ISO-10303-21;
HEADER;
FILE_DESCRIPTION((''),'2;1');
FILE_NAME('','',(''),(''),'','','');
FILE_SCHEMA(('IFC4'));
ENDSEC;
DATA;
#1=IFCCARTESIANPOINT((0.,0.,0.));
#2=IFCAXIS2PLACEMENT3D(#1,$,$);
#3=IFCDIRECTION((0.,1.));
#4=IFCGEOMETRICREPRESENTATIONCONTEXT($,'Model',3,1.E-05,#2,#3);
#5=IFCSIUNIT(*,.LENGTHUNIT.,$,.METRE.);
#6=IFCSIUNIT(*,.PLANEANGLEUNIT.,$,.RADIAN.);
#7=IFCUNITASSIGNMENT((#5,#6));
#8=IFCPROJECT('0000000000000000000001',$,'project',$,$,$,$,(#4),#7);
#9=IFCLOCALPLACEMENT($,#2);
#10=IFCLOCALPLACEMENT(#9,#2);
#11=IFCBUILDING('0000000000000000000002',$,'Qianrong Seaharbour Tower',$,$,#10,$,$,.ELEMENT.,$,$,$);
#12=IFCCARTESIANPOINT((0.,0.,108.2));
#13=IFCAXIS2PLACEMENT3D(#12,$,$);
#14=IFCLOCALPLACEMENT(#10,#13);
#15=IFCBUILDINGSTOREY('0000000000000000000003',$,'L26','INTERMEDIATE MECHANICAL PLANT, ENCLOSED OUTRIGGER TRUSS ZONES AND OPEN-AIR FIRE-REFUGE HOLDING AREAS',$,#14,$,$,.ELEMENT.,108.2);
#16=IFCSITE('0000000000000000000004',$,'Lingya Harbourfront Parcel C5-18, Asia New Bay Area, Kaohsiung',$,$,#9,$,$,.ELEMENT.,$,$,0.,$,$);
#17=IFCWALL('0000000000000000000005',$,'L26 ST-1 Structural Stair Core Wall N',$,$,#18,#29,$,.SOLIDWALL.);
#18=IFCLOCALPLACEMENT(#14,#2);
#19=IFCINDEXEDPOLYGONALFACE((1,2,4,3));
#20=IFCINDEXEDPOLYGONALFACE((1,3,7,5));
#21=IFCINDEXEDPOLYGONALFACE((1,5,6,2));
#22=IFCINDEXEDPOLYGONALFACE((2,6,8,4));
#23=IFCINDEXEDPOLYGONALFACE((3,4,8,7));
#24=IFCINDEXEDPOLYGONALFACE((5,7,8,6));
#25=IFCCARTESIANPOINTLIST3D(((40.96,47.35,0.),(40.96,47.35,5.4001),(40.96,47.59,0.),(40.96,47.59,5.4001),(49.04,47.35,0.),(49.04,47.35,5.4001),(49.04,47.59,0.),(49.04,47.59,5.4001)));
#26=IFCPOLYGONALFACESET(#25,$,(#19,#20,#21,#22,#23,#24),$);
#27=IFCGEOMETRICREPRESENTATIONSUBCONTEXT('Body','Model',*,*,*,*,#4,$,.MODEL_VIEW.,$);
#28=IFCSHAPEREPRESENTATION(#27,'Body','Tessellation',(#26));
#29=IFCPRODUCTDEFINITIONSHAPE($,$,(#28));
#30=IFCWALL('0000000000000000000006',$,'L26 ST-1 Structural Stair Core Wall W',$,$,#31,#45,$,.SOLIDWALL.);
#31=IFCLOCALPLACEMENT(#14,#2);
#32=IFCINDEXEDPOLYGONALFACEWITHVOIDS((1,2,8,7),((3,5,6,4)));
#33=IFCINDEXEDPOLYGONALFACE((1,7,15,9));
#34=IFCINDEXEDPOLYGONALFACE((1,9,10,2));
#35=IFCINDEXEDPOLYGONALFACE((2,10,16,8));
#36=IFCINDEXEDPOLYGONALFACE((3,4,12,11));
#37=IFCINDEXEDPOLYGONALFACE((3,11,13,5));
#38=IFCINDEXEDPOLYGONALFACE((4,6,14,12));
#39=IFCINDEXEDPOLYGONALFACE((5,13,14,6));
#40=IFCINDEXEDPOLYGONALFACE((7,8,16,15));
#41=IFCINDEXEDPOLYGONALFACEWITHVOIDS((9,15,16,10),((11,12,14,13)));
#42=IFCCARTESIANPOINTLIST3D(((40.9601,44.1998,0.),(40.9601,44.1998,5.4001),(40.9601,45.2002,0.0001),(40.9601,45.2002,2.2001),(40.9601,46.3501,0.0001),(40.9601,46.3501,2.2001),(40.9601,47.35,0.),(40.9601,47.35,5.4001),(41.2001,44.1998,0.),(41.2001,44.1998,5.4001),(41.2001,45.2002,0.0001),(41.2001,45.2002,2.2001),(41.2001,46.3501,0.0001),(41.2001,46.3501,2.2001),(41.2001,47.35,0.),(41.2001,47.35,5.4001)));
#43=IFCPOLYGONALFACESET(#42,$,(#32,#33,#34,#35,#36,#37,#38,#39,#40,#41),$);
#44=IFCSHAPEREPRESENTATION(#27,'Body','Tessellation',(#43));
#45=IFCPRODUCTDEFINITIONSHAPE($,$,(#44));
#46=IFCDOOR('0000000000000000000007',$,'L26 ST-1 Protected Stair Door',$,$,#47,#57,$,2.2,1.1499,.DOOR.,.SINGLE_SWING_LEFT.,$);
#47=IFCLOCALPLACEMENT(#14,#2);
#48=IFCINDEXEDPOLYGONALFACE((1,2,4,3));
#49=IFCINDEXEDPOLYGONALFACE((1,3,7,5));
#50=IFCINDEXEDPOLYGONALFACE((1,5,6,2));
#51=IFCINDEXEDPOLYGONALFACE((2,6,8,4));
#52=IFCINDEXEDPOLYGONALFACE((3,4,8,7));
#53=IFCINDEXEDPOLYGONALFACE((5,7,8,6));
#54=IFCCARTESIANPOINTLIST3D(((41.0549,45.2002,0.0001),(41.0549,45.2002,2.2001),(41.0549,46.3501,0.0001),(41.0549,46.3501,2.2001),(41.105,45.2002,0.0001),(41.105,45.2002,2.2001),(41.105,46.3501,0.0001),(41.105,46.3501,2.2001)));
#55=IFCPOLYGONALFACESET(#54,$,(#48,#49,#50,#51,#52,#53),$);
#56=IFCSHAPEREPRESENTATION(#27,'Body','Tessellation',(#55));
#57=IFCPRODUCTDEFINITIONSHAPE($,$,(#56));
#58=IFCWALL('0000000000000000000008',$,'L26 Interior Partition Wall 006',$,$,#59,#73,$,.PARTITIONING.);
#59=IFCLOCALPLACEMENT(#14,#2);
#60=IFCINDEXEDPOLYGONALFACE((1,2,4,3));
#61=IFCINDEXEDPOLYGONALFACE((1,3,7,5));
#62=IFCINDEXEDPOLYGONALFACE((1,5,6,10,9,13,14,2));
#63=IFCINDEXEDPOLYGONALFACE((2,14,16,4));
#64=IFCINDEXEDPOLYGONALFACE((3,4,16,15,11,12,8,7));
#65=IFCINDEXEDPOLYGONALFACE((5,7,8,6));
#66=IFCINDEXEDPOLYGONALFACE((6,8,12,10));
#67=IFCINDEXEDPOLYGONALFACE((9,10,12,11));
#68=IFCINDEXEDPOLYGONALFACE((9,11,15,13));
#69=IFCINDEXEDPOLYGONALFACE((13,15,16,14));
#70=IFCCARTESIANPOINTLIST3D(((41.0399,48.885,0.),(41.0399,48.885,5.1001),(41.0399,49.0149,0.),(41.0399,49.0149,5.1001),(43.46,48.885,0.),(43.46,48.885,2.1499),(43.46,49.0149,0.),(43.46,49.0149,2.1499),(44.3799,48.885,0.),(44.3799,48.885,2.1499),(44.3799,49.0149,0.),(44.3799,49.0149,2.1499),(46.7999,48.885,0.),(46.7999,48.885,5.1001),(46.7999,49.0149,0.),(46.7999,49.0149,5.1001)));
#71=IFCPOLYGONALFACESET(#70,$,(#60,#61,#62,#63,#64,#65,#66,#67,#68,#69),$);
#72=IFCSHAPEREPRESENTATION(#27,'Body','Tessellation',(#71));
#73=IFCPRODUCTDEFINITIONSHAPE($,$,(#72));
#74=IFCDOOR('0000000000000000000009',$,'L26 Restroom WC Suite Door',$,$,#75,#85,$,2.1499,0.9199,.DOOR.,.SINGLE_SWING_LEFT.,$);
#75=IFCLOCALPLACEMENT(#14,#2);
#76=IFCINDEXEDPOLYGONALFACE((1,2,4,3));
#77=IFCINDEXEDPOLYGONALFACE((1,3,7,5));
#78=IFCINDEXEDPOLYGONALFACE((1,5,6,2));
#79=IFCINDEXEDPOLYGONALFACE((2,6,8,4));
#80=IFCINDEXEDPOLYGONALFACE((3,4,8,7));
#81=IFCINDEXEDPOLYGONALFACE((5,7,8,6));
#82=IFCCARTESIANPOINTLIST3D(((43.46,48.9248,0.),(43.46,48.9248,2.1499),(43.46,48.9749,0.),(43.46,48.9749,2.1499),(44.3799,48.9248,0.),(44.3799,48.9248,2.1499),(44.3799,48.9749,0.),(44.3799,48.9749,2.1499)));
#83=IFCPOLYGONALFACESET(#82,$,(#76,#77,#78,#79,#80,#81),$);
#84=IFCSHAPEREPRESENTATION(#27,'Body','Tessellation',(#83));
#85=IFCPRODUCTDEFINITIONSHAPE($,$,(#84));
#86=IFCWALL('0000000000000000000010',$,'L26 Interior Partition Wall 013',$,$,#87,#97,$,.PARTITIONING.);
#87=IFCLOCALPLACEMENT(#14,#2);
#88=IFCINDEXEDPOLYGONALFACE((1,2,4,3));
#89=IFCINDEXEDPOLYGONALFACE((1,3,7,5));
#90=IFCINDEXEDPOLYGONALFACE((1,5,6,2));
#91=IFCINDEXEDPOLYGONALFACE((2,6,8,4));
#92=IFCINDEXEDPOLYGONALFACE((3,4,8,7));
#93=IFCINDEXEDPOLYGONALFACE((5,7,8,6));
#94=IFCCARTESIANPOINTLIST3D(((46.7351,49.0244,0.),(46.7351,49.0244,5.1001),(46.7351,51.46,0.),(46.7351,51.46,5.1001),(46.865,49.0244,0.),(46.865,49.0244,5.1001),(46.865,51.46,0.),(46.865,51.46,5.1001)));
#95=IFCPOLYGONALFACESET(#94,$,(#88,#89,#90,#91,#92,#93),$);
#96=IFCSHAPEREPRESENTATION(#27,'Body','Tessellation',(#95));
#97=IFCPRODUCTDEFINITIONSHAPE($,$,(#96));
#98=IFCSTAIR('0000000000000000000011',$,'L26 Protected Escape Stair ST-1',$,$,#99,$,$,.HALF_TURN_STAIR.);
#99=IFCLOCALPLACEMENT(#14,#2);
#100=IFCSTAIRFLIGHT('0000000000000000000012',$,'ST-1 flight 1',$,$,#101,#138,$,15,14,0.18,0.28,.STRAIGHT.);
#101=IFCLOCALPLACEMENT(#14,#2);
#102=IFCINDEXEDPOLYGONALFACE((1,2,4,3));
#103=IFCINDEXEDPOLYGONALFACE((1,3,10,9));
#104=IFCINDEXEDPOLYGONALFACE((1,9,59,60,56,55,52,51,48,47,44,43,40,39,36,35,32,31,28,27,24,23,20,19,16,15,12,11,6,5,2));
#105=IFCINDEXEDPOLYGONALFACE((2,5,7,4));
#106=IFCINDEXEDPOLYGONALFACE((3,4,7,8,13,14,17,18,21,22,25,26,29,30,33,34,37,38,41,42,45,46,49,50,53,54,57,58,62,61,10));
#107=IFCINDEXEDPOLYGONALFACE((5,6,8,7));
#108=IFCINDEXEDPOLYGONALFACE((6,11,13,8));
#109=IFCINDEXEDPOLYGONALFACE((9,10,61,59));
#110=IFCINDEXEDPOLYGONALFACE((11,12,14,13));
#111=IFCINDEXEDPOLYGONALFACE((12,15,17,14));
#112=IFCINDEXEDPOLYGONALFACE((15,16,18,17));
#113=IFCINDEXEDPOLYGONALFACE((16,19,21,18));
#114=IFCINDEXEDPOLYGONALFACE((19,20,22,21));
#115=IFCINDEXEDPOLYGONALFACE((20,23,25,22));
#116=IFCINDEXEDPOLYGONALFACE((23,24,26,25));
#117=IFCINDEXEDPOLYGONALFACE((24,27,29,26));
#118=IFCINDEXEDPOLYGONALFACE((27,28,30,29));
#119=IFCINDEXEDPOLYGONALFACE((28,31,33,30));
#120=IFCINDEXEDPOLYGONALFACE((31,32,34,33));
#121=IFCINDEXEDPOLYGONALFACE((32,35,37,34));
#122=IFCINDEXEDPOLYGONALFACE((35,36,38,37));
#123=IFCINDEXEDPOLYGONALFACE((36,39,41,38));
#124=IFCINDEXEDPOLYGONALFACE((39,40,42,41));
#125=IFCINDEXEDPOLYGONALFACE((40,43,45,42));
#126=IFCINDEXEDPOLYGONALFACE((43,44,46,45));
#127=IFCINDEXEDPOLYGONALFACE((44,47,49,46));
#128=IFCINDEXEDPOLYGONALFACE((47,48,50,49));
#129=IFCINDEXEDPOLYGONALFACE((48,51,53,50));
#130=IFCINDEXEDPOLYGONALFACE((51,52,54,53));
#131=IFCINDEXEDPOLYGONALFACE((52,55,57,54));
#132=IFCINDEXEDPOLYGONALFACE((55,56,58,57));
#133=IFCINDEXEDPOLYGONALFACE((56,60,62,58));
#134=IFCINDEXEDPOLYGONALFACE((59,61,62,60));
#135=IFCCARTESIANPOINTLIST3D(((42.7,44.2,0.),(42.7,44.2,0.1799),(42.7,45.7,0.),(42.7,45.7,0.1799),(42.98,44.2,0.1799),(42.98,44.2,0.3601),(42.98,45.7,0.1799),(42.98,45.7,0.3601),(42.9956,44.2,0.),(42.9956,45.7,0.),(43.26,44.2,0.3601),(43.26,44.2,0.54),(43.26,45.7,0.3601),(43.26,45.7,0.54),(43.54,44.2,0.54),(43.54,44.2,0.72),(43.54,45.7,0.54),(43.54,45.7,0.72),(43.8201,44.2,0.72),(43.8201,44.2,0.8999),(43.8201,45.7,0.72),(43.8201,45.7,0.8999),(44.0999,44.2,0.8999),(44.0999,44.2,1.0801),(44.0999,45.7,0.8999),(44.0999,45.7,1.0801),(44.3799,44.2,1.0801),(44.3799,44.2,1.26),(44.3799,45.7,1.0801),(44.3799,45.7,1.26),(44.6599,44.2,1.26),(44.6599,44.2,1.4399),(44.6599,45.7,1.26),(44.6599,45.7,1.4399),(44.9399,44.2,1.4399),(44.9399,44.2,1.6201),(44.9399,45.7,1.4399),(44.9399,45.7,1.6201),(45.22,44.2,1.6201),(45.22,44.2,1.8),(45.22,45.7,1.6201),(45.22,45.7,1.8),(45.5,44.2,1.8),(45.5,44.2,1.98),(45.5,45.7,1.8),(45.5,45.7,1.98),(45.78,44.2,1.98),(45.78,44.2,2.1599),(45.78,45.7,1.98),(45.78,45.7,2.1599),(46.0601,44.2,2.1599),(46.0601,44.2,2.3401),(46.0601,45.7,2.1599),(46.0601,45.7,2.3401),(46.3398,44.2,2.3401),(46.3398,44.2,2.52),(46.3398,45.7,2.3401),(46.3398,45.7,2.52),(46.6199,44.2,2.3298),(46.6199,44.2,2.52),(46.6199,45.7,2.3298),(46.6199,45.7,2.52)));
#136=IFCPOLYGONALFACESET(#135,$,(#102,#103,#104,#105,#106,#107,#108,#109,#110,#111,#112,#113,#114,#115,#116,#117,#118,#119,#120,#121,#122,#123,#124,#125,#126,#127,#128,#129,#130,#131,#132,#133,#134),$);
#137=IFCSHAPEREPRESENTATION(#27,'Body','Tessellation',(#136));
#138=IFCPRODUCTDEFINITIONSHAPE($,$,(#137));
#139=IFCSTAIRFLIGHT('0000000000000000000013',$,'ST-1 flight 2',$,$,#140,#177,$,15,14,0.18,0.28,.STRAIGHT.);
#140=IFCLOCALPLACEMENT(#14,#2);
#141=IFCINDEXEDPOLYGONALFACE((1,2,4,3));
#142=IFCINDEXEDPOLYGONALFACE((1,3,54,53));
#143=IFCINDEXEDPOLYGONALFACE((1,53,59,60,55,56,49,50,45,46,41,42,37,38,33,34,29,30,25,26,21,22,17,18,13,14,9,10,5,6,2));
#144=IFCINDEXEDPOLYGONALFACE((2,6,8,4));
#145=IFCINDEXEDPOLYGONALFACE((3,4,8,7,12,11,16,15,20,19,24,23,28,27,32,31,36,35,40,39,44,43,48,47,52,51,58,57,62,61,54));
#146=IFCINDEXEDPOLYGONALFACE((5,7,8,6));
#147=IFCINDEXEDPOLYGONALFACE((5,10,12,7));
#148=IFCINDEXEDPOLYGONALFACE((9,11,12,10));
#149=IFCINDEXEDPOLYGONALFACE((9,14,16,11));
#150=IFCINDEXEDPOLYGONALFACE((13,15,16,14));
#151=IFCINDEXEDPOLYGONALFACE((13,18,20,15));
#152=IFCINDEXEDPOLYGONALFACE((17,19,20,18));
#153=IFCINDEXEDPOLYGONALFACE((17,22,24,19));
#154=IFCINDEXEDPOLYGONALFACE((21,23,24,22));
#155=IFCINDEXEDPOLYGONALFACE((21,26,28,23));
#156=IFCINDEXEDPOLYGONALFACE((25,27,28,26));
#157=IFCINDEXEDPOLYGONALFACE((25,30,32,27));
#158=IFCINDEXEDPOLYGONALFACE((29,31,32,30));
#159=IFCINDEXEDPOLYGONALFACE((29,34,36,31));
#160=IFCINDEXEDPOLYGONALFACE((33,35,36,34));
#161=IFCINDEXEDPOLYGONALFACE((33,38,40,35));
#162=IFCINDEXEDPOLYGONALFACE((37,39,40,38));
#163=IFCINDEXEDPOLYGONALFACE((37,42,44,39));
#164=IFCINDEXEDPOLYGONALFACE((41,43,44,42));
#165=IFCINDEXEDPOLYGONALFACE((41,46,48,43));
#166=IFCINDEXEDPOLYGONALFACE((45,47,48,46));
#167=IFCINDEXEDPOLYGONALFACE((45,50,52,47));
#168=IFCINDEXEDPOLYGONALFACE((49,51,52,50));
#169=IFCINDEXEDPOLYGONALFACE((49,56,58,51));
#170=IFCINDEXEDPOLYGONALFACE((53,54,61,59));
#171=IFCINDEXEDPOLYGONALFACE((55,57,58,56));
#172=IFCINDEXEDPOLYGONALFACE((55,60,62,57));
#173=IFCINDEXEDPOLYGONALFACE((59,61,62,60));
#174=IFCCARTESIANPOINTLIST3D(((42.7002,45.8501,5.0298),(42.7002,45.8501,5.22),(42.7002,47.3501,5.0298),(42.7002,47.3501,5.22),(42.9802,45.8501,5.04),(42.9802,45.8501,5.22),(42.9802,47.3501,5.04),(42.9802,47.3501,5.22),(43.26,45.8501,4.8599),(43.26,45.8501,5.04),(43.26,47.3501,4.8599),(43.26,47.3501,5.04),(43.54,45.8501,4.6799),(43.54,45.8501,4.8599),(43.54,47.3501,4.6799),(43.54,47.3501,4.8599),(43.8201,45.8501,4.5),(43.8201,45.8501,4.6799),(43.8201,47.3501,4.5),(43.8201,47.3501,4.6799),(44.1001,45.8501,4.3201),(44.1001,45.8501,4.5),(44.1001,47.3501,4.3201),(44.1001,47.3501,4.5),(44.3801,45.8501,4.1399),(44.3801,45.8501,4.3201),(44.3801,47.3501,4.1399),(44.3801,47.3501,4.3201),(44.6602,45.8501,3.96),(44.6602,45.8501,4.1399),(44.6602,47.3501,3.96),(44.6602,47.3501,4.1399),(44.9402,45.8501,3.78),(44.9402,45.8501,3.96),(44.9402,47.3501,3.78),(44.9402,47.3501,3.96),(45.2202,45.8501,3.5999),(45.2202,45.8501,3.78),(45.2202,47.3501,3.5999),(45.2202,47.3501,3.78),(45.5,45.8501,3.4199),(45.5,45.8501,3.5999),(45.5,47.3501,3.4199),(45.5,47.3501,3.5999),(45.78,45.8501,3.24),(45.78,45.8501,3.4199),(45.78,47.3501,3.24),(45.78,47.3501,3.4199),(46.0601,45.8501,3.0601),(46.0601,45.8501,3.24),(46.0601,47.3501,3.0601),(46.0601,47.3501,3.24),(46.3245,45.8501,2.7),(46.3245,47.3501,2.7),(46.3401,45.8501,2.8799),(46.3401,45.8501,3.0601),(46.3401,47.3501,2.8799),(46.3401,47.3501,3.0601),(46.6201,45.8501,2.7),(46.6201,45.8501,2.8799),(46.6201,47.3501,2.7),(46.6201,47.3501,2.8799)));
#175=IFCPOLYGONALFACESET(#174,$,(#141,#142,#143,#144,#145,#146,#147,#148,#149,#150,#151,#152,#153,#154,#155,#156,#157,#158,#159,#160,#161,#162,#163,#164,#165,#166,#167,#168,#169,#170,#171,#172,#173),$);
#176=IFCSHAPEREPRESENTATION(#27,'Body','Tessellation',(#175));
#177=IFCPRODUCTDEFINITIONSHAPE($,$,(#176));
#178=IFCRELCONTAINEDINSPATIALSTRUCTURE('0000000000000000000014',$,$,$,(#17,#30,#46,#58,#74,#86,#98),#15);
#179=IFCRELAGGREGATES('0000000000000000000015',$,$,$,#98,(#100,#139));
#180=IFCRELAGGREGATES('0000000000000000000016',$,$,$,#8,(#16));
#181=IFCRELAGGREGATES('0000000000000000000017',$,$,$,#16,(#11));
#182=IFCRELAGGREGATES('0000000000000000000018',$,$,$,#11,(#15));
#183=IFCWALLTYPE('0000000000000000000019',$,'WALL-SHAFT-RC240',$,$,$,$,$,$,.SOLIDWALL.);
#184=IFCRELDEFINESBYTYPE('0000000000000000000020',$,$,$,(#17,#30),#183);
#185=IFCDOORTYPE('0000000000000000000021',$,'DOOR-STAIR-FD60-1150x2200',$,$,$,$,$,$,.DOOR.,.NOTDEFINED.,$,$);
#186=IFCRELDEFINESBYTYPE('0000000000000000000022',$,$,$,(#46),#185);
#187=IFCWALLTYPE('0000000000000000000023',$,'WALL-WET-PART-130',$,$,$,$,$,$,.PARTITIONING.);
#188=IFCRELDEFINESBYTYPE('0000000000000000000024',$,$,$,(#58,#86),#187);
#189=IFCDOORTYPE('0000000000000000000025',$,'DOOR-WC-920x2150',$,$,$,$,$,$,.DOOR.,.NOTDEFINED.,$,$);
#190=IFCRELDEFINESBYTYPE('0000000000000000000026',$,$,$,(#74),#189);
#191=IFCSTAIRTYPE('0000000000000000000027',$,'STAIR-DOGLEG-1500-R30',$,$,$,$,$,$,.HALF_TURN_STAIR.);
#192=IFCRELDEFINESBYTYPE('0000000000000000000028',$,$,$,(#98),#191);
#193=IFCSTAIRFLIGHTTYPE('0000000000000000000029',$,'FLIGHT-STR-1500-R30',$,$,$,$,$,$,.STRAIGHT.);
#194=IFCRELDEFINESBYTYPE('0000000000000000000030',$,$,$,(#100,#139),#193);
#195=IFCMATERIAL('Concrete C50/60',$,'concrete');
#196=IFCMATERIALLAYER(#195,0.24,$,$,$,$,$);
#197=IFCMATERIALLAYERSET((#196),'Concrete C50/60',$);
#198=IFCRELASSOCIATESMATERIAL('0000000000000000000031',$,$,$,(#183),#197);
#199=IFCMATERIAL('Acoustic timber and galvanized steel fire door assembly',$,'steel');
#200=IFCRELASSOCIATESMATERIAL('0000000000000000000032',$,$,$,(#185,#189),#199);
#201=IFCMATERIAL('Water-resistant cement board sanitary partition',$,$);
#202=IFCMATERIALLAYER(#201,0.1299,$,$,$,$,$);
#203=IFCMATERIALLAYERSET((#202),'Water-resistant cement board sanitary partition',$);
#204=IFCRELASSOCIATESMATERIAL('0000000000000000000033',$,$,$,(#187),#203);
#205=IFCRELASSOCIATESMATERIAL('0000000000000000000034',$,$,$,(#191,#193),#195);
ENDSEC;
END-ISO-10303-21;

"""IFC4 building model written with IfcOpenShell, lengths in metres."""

from ifc_helpers import new_model, si_unit, direction, frame, frame_2d, origin, place, context, subcontext, project, spatial, polyline, rectangle, outline, extrude, material, layer, layer_set, type_object, element, fill, aggregate, save


model = new_model("IFC4")

# Units and contexts
model_context = context("Model", 3, precision=1e-05, world=origin(), true_north=direction((0.0, 1.0)))
body_context = subcontext(model_context, "Body", "Model", "MODEL_VIEW")
ifc_project = project(units=[si_unit("LENGTHUNIT", "METRE"), si_unit("PLANEANGLEUNIT", "RADIAN")], contexts=[model_context])

# Site, building, storey
site_placement = place(None, origin())
site = spatial("IfcSite", under=ifc_project, at=site_placement, Name="Lingya Harbourfront Parcel C5-18, Asia New Bay Area, Kaohsiung", CompositionType="ELEMENT", RefElevation=0.0)
building_placement = place(site_placement, origin())
building = spatial("IfcBuilding", under=site, at=building_placement, Name="Qianrong Seaharbour Tower", CompositionType="ELEMENT")
storey_placement = place(building_placement, frame((0.0, 0.0, 108.2)))
storey = spatial("IfcBuildingStorey", under=building, at=storey_placement, Name="L26", Description="INTERMEDIATE MECHANICAL PLANT, ENCLOSED OUTRIGGER TRUSS ZONES AND OPEN-AIR FIRE-REFUGE HOLDING AREAS", CompositionType="ELEMENT", Elevation=108.2)

# Shared definitions
ifc_material_1 = material(Name="Acoustic timber and galvanized steel fire door assembly", Category="steel")

# Wall
ifc_material_2 = material(Name="Concrete C50/60", Category="concrete")
ifc_layer_1 = layer(ifc_material_2, 0.24)
ifc_layer_set_1 = layer_set([ifc_layer_1], Name="Concrete C50/60")
wall_type_1 = type_object("IfcWallType", Name="WALL-SHAFT-RC240", PredefinedType="SOLIDWALL", material=ifc_layer_set_1)
wall_1_placement = place(storey_placement, frame((40.96, 47.47, 0.0), z_axis=(0.0, 0.0, 1.0), x_axis=(1.0, 0.0, 0.0)))
element("IfcWall", 1, at=wall_1_placement, inside=storey, type_object=wall_type_1, Name="L26 ST-1 Structural Stair Core Wall N", PredefinedType="SOLIDWALL", context=body_context, shape_type="SweptSolid", body=[
    extrude(rectangle(XDim=8.0801, YDim=0.24, at=frame_2d((4.04, 0.0))), origin(), (0.0, 0.0, 1.0), 5.4001),
])

# Walls, openings, doors
wall_2_placement = place(storey_placement, frame((41.0801, 47.3501, 0.0), z_axis=(0.0, 0.0, 1.0), x_axis=(0.0, -1.0, 0.0)))
wall_2 = element("IfcWall", 2, at=wall_2_placement, inside=storey, type_object=wall_type_1, Name="L26 ST-1 Structural Stair Core Wall W", PredefinedType="SOLIDWALL", context=body_context, shape_type="SweptSolid", body=[
    extrude(rectangle(XDim=3.1501, YDim=0.24, at=frame_2d((1.5752, 0.0))), origin(), (0.0, 0.0, 1.0), 5.4001),
])
opening_1_placement = place(wall_2_placement, frame((1.0, 0.0, 0.0)))
opening_1 = element("IfcOpeningElement", 3, at=opening_1_placement, cuts=wall_2, PredefinedType="OPENING", context=body_context, shape_type="SweptSolid", body=[
    extrude(rectangle(XDim=1.1499, YDim=2.2, at=frame_2d((0.575, 1.1001))), frame((0.0, 0.1299, 0.0), z_axis=(0.0, -1.0, 0.0), x_axis=(1.0, 0.0, 0.0)), (0.0, 0.0, 1.0), 0.26),
])
door_type_1 = type_object("IfcDoorType", Name="DOOR-STAIR-FD60-1150x2200", OperationType="NOTDEFINED", PredefinedType="DOOR", material=ifc_material_1)
door_1_placement = place(opening_1_placement, origin())
door_1 = element("IfcDoor", 4, at=door_1_placement, inside=storey, type_object=door_type_1, Name="L26 ST-1 Protected Stair Door", OperationType="SINGLE_SWING_LEFT", OverallHeight=2.2, OverallWidth=1.1499, PredefinedType="DOOR", context=body_context, shape_type="SweptSolid", body=[
    extrude(rectangle(XDim=1.1499, YDim=2.2, at=frame_2d((0.575, 1.1001))), frame((0.0, 0.0249, 0.0), z_axis=(0.0, -1.0, 0.0), x_axis=(1.0, 0.0, 0.0)), (0.0, 0.0, 1.0), 0.05),
])
fill(opening_1, door_1)
ifc_material_3 = material(Name="Water-resistant cement board sanitary partition")
ifc_layer_2 = layer(ifc_material_3, 0.1299)
ifc_layer_set_2 = layer_set([ifc_layer_2], Name="Water-resistant cement board sanitary partition")
wall_type_2 = type_object("IfcWallType", Name="WALL-WET-PART-130", PredefinedType="PARTITIONING", material=ifc_layer_set_2)
wall_3_placement = place(storey_placement, frame((41.04, 48.95, 0.0), z_axis=(0.0, 0.0, 1.0), x_axis=(1.0, 0.0, 0.0)))
wall_3 = element("IfcWall", 5, at=wall_3_placement, inside=storey, type_object=wall_type_2, Name="L26 Interior Partition Wall 006", PredefinedType="PARTITIONING", context=body_context, shape_type="SweptSolid", body=[
    extrude(rectangle(XDim=5.76, YDim=0.1299, at=frame_2d((2.8799, 0.0))), origin(), (0.0, 0.0, 1.0), 5.1001),
])
opening_2_placement = place(wall_3_placement, frame((2.4199, 0.0, 0.0)))
opening_2 = element("IfcOpeningElement", 6, at=opening_2_placement, cuts=wall_3, PredefinedType="OPENING", context=body_context, shape_type="SweptSolid", body=[
    extrude(rectangle(XDim=0.9199, YDim=2.1499, at=frame_2d((0.46, 1.075))), frame((0.0, 0.075, 0.0), z_axis=(0.0, -1.0, 0.0), x_axis=(1.0, 0.0, 0.0)), (0.0, 0.0, 1.0), 0.1499),
])
door_type_2 = type_object("IfcDoorType", Name="DOOR-WC-920x2150", OperationType="NOTDEFINED", PredefinedType="DOOR", material=ifc_material_1)
door_2_placement = place(opening_2_placement, origin())
door_2 = element("IfcDoor", 7, at=door_2_placement, inside=storey, type_object=door_type_2, Name="L26 Restroom WC Suite Door", OperationType="SINGLE_SWING_LEFT", OverallHeight=2.1499, OverallWidth=0.9199, PredefinedType="DOOR", context=body_context, shape_type="SweptSolid", body=[
    extrude(rectangle(XDim=0.9199, YDim=2.1499, at=frame_2d((0.46, 1.075))), frame((0.0, 0.0249, 0.0), z_axis=(0.0, -1.0, 0.0), x_axis=(1.0, 0.0, 0.0)), (0.0, 0.0, 1.0), 0.05),
])
fill(opening_2, door_2)

# Wall
wall_4_placement = place(storey_placement, frame((46.8, 51.46, 0.0), z_axis=(0.0, 0.0, 1.0), x_axis=(0.0, -1.0, 0.0)))
element("IfcWall", 8, at=wall_4_placement, inside=storey, type_object=wall_type_2, Name="L26 Interior Partition Wall 013", PredefinedType="PARTITIONING", context=body_context, shape_type="SweptSolid", body=[
    extrude(rectangle(XDim=2.4355, YDim=0.1299, at=frame_2d((1.2178, 0.0))), origin(), (0.0, 0.0, 1.0), 5.1001),
])

# Stair, stair flights
stair_type = type_object("IfcStairType", Name="STAIR-DOGLEG-1500-R30", PredefinedType="HALF_TURN_STAIR", material=ifc_material_2)
stair_placement = place(storey_placement, origin())
stair = element("IfcStair", 9, at=stair_placement, inside=storey, type_object=stair_type, Name="L26 Protected Escape Stair ST-1", PredefinedType="HALF_TURN_STAIR")
stair_flight_type = type_object("IfcStairFlightType", Name="FLIGHT-STR-1500-R30", PredefinedType="STRAIGHT", material=ifc_material_2)
stair_flight_1_placement = place(storey_placement, frame((42.7, 44.95, 0.0), z_axis=(0.0, 0.0, 1.0), x_axis=(1.0, 0.0, 0.0)))
stair_flight_1 = element("IfcStairFlight", 10, at=stair_flight_1_placement, type_object=stair_flight_type, Name="ST-1 flight 1", NumberOfRisers=15, NumberOfTreads=14, PredefinedType="STRAIGHT", RiserHeight=0.18, TreadLength=0.28, context=body_context, shape_type="SweptSolid", body=[
    extrude(outline(polyline([(0.0, 0.0), (0.0, 0.1799), (0.28, 0.1799), (0.28, 0.3601), (0.5601, 0.3601), (0.5601, 0.54), (0.8401, 0.54), (0.8401, 0.72), (1.1201, 0.72), (1.1201, 0.8999), (1.3999, 0.8999), (1.3999, 1.0801), (1.6799, 1.0801), (1.6799, 1.26), (1.96, 1.26), (1.96, 1.4399), (2.24, 1.4399), (2.24, 1.6201), (2.52, 1.6201), (2.52, 1.8), (2.8, 1.8), (2.8, 1.98), (3.0801, 1.98), (3.0801, 2.1599), (3.3601, 2.1599), (3.3601, 2.3401), (3.6399, 2.3401), (3.6399, 2.52), (3.9199, 2.52), (3.9199, 2.7), (3.9199, 2.3298), (0.2957, 0.0), (0.0, 0.0)])), frame((0.0, 0.75, 0.0), z_axis=(0.0, -1.0, 0.0), x_axis=(1.0, 0.0, 0.0)), (0.0, 0.0, 1.0), 1.5),
])
stair_flight_2_placement = place(storey_placement, frame((46.6201, 46.6001, 2.7), z_axis=(0.0, 0.0, 1.0), x_axis=(-1.0, 0.0, 0.0)))
stair_flight_2 = element("IfcStairFlight", 11, at=stair_flight_2_placement, type_object=stair_flight_type, Name="ST-1 flight 2", NumberOfRisers=15, NumberOfTreads=14, PredefinedType="STRAIGHT", RiserHeight=0.18, TreadLength=0.28, context=body_context, shape_type="SweptSolid", body=[
    extrude(outline(polyline([(0.0, 0.0), (0.0, 0.1799), (0.28, 0.1799), (0.28, 0.3601), (0.5601, 0.3601), (0.5601, 0.54), (0.8401, 0.54), (0.8401, 0.72), (1.1201, 0.72), (1.1201, 0.8999), (1.3999, 0.8999), (1.3999, 1.0801), (1.6799, 1.0801), (1.6799, 1.26), (1.96, 1.26), (1.96, 1.4399), (2.24, 1.4399), (2.24, 1.6201), (2.52, 1.6201), (2.52, 1.8), (2.8, 1.8), (2.8, 1.98), (3.0801, 1.98), (3.0801, 2.1599), (3.3601, 2.1599), (3.3601, 2.3401), (3.6399, 2.3401), (3.6399, 2.52), (3.9199, 2.52), (3.9199, 2.7), (3.9199, 2.3298), (0.2957, 0.0), (0.0, 0.0)])), frame((0.0, 0.75, 0.0), z_axis=(0.0, -1.0, 0.0), x_axis=(1.0, 0.0, 0.0)), (0.0, 0.0, 1.0), 1.5),
])
aggregate(stair, [stair_flight_1, stair_flight_2])

save(model, "model.ifc")
